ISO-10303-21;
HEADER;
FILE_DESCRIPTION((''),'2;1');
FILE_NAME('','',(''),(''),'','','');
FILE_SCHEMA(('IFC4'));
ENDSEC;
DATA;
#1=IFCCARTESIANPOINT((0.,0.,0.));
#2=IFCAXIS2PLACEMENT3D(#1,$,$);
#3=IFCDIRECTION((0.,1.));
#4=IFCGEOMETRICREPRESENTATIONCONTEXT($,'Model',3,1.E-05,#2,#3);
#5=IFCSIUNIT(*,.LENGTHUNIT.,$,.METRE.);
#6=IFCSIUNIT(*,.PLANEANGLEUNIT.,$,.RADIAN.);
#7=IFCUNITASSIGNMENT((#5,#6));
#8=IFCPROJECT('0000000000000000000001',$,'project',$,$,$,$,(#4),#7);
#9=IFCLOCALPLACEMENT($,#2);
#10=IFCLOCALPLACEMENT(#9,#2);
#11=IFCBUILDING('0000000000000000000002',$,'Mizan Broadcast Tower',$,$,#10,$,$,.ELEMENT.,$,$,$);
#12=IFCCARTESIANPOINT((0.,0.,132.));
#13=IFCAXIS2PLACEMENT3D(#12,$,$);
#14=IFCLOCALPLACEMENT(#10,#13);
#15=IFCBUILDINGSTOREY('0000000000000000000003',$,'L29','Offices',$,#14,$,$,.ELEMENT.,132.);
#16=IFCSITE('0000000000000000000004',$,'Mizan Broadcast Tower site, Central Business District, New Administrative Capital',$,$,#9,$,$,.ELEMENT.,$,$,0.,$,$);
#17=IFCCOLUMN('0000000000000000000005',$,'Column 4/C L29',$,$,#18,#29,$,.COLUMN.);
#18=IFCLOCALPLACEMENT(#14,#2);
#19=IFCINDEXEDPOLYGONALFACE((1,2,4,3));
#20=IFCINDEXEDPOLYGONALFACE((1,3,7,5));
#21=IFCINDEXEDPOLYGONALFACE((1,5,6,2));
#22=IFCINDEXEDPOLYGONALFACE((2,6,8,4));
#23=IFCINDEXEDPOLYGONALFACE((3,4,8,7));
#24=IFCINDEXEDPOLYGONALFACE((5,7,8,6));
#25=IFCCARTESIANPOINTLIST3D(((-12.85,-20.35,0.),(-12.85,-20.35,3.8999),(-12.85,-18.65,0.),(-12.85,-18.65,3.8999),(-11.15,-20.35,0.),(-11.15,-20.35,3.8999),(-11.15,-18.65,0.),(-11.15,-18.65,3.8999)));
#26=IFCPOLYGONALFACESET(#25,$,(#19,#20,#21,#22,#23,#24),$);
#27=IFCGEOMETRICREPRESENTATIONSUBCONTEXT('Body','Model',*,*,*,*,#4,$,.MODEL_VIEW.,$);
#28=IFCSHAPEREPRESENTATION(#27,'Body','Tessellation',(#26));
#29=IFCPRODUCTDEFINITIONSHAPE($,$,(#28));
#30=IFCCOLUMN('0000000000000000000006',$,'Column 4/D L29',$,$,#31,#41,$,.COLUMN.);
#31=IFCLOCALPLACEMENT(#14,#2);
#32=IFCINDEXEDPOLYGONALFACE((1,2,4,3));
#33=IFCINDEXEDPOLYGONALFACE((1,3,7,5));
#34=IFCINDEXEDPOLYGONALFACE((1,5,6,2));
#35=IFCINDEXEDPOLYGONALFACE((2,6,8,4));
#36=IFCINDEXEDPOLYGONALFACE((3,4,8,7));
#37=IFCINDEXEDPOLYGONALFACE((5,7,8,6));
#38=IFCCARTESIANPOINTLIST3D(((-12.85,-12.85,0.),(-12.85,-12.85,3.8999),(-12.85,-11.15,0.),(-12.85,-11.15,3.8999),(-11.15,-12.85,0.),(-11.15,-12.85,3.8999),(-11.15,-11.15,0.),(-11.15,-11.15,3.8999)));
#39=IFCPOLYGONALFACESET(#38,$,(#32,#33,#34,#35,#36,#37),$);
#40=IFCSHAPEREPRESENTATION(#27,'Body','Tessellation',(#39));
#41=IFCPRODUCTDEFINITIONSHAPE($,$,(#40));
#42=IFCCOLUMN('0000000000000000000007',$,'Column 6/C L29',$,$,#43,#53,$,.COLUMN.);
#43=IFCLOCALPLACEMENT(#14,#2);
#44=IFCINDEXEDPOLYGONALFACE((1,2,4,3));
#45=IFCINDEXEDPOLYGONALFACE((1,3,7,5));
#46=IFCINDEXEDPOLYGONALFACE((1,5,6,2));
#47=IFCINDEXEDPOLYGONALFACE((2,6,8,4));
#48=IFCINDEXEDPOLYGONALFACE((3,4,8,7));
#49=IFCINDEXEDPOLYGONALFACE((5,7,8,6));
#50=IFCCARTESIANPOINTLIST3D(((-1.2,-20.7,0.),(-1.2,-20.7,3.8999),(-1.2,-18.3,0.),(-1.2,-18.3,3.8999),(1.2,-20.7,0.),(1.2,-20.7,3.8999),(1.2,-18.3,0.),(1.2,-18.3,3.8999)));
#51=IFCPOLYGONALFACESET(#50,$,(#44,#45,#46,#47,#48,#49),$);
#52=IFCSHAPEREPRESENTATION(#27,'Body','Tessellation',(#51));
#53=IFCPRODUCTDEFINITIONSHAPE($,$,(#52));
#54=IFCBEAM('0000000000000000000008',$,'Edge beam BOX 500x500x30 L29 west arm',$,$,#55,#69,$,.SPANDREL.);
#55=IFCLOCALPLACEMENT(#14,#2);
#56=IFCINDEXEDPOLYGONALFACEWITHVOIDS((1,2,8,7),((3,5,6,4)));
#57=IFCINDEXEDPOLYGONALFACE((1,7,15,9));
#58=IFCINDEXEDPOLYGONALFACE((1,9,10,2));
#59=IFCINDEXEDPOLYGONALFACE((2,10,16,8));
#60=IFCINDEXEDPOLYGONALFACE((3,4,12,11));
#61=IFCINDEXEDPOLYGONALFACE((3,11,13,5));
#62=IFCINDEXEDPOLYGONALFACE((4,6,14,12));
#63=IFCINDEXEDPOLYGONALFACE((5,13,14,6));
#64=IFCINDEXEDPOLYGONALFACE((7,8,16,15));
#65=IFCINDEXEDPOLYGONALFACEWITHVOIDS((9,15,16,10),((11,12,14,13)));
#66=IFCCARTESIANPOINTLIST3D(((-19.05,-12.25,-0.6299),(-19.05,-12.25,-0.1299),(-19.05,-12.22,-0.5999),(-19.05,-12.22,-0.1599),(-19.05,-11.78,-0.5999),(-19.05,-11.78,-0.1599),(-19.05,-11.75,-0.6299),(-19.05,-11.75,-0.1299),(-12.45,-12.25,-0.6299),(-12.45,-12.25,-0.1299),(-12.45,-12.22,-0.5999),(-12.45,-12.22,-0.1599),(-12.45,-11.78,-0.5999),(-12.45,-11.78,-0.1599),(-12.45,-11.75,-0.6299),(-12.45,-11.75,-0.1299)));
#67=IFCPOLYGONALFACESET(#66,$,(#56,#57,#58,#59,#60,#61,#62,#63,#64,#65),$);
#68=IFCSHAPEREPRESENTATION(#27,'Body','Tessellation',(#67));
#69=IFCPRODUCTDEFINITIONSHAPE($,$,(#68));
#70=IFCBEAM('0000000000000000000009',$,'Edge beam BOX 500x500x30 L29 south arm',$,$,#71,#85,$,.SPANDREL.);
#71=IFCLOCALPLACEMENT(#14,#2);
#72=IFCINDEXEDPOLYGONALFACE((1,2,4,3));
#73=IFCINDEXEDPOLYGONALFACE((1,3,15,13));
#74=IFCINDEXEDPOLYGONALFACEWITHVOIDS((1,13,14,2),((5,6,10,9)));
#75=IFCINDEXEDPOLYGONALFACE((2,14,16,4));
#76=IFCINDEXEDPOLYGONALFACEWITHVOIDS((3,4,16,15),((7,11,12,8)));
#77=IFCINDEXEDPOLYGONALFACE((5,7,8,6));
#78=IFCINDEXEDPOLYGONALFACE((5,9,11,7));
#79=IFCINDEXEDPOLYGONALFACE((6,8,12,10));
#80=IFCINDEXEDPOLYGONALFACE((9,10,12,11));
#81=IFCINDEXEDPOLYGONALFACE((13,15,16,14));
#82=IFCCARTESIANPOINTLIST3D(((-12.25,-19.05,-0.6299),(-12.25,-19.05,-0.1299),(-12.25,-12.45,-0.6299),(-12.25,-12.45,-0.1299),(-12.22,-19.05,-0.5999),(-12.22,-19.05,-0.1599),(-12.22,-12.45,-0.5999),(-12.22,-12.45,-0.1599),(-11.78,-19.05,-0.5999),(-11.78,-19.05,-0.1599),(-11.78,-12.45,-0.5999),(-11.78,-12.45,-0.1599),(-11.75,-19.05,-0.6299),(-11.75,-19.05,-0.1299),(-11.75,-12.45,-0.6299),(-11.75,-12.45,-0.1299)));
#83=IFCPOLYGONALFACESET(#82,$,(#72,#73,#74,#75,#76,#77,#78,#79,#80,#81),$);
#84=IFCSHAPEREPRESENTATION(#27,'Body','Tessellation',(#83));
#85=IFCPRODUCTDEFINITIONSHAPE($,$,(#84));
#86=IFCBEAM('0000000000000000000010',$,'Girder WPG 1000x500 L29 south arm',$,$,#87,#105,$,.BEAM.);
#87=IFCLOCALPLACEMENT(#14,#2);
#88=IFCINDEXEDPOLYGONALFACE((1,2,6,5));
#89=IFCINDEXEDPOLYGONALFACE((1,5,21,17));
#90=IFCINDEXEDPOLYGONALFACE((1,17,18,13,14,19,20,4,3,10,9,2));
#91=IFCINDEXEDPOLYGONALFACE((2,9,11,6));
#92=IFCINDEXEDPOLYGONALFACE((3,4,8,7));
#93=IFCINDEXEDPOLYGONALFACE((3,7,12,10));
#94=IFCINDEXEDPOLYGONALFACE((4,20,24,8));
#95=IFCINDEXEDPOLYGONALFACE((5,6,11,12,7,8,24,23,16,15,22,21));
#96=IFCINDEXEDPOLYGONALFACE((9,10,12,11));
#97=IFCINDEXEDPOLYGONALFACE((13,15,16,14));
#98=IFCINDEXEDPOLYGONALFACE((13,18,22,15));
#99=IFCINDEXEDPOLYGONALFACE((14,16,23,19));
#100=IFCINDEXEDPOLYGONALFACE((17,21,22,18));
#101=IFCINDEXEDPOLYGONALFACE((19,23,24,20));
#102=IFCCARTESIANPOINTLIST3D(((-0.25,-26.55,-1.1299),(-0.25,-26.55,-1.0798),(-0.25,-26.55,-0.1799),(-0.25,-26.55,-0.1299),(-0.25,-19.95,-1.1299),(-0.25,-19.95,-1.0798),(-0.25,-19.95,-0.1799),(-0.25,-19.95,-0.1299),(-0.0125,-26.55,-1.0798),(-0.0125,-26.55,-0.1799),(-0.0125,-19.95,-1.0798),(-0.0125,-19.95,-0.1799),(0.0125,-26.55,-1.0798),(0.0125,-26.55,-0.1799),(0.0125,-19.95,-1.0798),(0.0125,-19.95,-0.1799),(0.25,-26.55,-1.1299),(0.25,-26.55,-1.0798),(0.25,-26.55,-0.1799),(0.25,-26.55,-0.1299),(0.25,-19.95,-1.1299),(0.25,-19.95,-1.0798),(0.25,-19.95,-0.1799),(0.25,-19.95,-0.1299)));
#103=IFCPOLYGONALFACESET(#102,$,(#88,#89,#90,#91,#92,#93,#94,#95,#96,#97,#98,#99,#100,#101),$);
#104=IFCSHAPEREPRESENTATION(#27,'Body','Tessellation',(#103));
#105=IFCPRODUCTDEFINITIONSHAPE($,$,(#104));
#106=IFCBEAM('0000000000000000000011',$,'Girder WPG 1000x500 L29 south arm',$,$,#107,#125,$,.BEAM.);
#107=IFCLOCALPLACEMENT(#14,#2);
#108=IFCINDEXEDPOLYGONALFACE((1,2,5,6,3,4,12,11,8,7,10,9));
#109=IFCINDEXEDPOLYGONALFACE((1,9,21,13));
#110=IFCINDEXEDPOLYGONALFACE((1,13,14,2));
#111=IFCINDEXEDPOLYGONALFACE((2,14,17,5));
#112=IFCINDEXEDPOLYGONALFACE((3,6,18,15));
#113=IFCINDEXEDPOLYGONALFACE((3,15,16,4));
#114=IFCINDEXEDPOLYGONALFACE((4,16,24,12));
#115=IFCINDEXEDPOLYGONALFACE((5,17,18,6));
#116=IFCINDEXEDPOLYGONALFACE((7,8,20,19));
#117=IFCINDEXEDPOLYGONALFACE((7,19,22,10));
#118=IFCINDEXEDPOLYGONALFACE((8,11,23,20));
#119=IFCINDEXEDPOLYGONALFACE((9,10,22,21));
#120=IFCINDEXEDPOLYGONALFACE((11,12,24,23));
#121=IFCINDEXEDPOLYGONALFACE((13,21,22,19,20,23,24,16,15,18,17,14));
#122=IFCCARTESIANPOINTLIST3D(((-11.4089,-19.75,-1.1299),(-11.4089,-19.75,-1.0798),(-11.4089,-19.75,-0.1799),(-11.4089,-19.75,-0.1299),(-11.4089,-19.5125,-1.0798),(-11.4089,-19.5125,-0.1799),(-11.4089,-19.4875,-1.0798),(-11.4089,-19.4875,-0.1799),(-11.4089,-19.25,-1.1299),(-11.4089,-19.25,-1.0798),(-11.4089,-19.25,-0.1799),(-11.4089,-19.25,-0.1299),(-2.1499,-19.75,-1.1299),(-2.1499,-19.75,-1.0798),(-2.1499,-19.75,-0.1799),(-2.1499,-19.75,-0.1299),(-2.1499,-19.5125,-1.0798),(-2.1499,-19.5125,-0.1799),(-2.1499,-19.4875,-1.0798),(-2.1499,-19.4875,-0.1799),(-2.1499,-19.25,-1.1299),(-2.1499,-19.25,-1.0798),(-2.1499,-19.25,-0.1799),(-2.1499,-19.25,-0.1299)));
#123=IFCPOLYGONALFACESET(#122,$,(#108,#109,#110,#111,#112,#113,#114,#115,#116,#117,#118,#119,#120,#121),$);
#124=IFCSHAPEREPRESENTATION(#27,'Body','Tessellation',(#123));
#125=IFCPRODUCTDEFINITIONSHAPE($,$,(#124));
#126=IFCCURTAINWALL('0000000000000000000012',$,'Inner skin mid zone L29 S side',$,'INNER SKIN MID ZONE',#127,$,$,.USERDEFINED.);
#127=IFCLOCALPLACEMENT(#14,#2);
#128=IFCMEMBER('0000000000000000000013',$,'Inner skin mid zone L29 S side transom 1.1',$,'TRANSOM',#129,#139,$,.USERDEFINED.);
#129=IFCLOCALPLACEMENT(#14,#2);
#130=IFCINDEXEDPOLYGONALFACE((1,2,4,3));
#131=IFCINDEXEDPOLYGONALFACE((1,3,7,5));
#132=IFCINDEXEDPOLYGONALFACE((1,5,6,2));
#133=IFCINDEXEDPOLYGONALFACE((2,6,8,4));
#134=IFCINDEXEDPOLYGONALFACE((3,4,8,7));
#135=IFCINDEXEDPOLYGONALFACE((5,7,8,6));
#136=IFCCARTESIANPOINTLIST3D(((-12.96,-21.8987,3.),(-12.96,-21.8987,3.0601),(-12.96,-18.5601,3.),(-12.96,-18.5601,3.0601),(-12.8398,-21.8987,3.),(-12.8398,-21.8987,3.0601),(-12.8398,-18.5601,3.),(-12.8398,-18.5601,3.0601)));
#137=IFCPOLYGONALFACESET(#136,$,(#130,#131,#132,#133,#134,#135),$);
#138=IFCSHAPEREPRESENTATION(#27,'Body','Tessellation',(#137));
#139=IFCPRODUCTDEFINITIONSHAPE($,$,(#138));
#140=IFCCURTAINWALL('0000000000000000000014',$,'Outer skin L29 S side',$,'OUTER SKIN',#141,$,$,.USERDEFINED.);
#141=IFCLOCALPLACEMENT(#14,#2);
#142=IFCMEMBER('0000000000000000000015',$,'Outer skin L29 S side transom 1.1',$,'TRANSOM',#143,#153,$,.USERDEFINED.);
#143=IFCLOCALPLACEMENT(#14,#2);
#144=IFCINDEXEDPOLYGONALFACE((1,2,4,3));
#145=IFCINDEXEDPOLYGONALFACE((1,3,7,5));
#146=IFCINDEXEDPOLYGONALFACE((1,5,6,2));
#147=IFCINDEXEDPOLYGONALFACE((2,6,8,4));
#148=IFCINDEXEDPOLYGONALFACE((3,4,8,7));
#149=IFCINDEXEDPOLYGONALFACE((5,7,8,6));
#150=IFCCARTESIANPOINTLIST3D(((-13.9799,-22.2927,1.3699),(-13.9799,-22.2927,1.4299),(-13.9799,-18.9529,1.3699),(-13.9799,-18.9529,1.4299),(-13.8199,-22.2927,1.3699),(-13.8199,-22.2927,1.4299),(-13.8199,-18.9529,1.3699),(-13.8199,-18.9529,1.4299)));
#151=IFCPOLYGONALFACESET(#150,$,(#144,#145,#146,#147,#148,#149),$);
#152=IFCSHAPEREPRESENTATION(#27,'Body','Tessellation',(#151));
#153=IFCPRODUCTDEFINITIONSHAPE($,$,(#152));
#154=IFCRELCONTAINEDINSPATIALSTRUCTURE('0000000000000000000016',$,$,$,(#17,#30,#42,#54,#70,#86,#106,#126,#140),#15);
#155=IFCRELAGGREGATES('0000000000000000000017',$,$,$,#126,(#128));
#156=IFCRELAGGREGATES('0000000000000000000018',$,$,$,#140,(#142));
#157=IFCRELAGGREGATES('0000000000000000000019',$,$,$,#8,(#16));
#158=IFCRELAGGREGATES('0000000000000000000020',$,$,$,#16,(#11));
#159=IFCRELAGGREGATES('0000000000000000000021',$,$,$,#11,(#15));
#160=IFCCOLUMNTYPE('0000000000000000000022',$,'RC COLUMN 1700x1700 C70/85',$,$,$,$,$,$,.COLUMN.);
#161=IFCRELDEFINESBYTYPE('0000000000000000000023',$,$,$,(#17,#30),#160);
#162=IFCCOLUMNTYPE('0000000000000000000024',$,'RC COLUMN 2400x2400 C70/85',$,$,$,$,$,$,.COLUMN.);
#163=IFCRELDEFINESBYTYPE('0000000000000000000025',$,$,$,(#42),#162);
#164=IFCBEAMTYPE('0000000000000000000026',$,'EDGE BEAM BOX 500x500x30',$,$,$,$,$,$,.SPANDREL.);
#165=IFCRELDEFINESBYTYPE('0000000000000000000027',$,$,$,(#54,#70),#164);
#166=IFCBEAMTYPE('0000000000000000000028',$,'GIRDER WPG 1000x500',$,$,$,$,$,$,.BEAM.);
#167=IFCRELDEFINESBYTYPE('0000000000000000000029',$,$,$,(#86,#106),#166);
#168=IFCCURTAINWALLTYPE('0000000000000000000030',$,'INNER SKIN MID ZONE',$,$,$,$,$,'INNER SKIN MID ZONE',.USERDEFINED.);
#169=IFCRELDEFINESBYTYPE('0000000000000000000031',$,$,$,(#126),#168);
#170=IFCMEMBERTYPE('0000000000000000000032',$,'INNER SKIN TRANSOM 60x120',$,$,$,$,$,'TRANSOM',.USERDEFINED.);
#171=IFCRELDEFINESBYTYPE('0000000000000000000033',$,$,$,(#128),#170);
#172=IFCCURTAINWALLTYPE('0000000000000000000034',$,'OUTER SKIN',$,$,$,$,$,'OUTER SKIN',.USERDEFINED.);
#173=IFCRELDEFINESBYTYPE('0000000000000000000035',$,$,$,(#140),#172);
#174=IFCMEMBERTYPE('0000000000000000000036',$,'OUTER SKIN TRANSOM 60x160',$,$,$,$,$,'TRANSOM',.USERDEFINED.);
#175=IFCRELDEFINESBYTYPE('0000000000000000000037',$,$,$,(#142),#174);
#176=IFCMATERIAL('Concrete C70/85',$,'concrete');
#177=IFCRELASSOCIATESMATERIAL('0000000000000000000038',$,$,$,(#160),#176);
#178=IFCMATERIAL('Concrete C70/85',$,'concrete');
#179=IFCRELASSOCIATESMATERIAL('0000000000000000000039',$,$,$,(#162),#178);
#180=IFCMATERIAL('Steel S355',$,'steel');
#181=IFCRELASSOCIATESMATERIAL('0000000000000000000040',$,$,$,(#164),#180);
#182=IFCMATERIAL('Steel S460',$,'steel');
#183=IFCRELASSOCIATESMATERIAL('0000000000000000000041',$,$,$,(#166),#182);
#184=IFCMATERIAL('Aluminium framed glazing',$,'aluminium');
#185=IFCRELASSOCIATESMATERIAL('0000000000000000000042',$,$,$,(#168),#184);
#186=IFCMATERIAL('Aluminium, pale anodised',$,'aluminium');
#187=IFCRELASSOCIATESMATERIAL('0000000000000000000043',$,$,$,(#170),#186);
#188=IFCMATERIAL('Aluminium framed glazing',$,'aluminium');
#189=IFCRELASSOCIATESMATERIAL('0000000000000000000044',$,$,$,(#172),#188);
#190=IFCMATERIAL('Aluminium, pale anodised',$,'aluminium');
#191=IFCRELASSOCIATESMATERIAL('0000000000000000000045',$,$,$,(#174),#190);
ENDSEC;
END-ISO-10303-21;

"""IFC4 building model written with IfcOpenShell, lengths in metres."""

from ifc_helpers import new_model, si_unit, direction, frame, origin, origin_2d, place, context, subcontext, project, spatial, rectangle, hollow_rectangle, i_section, extrude, material, material_profile, profile_set, type_object, element, aggregate, save


model = new_model("IFC4")

# Units and contexts
model_context = context("Model", 3, precision=1e-05, world=origin(), true_north=direction((0.0, 1.0)))
body_context = subcontext(model_context, "Body", "Model", "MODEL_VIEW")
ifc_project = project(units=[si_unit("LENGTHUNIT", "METRE"), si_unit("PLANEANGLEUNIT", "RADIAN")], contexts=[model_context])

# Site, building, storey
site_placement = place(None, origin())
site = spatial("IfcSite", under=ifc_project, at=site_placement, Name="Mizan Broadcast Tower site, Central Business District, New Administrative Capital", CompositionType="ELEMENT", RefElevation=0.0)
building_placement = place(site_placement, origin())
building = spatial("IfcBuilding", under=site, at=building_placement, Name="Mizan Broadcast Tower", CompositionType="ELEMENT")
storey_placement = place(building_placement, frame((0.0, 0.0, 132.0)))
storey = spatial("IfcBuildingStorey", under=building, at=storey_placement, Name="L29", Description="Offices", CompositionType="ELEMENT", Elevation=132.0)

# Columns
ifc_material_1 = material(Name="Concrete C70/85", Category="concrete")
ifc_material_profile_1 = material_profile(ifc_material_1, rectangle(XDim=1.7, YDim=1.7, at=origin_2d()), Name="RC 1700x1700")
ifc_profile_set_1 = profile_set([ifc_material_profile_1], Name="Concrete C70/85")
column_type_1 = type_object("IfcColumnType", Name="RC COLUMN 1700x1700 C70/85", PredefinedType="COLUMN", material=ifc_profile_set_1)
for number, where, z_axis, x_axis, name in (
    (1, (-12.0, -19.5, 0.0), (0.0, 0.0, 1.0), (1.0, 0.0, 0.0), "Column 4/C L29"),
    (2, (-12.0, -12.0, 0.0), (0.0, 0.0, 1.0), (1.0, 0.0, 0.0), "Column 4/D L29"),
):
    element("IfcColumn", number, at=place(storey_placement, frame(where, z_axis=z_axis, x_axis=x_axis)), inside=storey, type_object=column_type_1, Name=name, PredefinedType="COLUMN", context=body_context, shape_type="SweptSolid", body=[
        extrude(rectangle(XDim=1.7, YDim=1.7, at=origin_2d()), origin(), (0.0, 0.0, 1.0), 3.8999),
    ])
ifc_material_2 = material(Name="Concrete C70/85", Category="concrete")
ifc_material_profile_2 = material_profile(ifc_material_2, rectangle(XDim=2.3999, YDim=2.3999, at=origin_2d()), Name="RC 2400x2400")
ifc_profile_set_2 = profile_set([ifc_material_profile_2], Name="Concrete C70/85")
column_type_2 = type_object("IfcColumnType", Name="RC COLUMN 2400x2400 C70/85", PredefinedType="COLUMN", material=ifc_profile_set_2)
column_placement = place(storey_placement, frame((0.0, -19.5, 0.0), z_axis=(0.0, 0.0, 1.0), x_axis=(1.0, 0.0, 0.0)))
element("IfcColumn", 3, at=column_placement, inside=storey, type_object=column_type_2, Name="Column 6/C L29", PredefinedType="COLUMN", context=body_context, shape_type="SweptSolid", body=[
    extrude(rectangle(XDim=2.3999, YDim=2.3999, at=origin_2d()), origin(), (0.0, 0.0, 1.0), 3.8999),
])

# Beams
ifc_material_3 = material(Name="Steel S355", Category="steel")
ifc_material_profile_3 = material_profile(ifc_material_3, hollow_rectangle(XDim=0.5, YDim=0.5, WallThickness=0.03, at=origin_2d()), Name="BOX 500x500x30")
ifc_profile_set_3 = profile_set([ifc_material_profile_3], Name="Steel S355")
beam_type_1 = type_object("IfcBeamType", Name="EDGE BEAM BOX 500x500x30", PredefinedType="SPANDREL", material=ifc_profile_set_3)
for number, where, z_axis, x_axis, name in (
    (4, (-12.45, -12.0, -0.3799), (-1.0, 0.0, 0.0), (0.0, -1.0, 0.0), "Edge beam BOX 500x500x30 L29 west arm"),
    (5, (-12.0, -12.45, -0.3799), (0.0, -1.0, 0.0), (1.0, 0.0, 0.0), "Edge beam BOX 500x500x30 L29 south arm"),
):
    element("IfcBeam", number, at=place(storey_placement, frame(where, z_axis=z_axis, x_axis=x_axis)), inside=storey, type_object=beam_type_1, Name=name, PredefinedType="SPANDREL", context=body_context, shape_type="SweptSolid", body=[
        extrude(hollow_rectangle(XDim=0.5, YDim=0.5, WallThickness=0.03, at=origin_2d()), origin(), (0.0, 0.0, 1.0), 6.6001),
    ])
ifc_material_4 = material(Name="Steel S460", Category="steel")
ifc_material_profile_4 = material_profile(ifc_material_4, i_section(OverallWidth=0.5, OverallDepth=1.0, WebThickness=0.0249, FlangeThickness=0.05, at=origin_2d()), Name="WPG 1000x500")
ifc_profile_set_4 = profile_set([ifc_material_profile_4], Name="Steel S460")
beam_type_2 = type_object("IfcBeamType", Name="GIRDER WPG 1000x500", PredefinedType="BEAM", material=ifc_profile_set_4)
beam_1_placement = place(storey_placement, frame((0.0, -19.95, -0.6299), z_axis=(0.0, -1.0, 0.0), x_axis=(1.0, 0.0, 0.0)))
element("IfcBeam", 6, at=beam_1_placement, inside=storey, type_object=beam_type_2, Name="Girder WPG 1000x500 L29 south arm", PredefinedType="BEAM", context=body_context, shape_type="SweptSolid", body=[
    extrude(i_section(OverallWidth=0.5, OverallDepth=1.0, WebThickness=0.0249, FlangeThickness=0.05, at=origin_2d()), origin(), (0.0, 0.0, 1.0), 6.6001),
])
beam_2_placement = place(storey_placement, frame((-11.4089, -19.5, -0.6299), z_axis=(1.0, 0.0, 0.0), x_axis=(0.0, 1.0, 0.0)))
element("IfcBeam", 7, at=beam_2_placement, inside=storey, type_object=beam_type_2, Name="Girder WPG 1000x500 L29 south arm", PredefinedType="BEAM", context=body_context, shape_type="SweptSolid", body=[
    extrude(i_section(OverallWidth=0.5, OverallDepth=1.0, WebThickness=0.0249, FlangeThickness=0.05, at=origin_2d()), origin(), (0.0, 0.0, 1.0), 9.259),
])

# Curtain walls, members
ifc_material_5 = material(Name="Aluminium framed glazing", Category="aluminium")
curtain_wall_type_1 = type_object("IfcCurtainWallType", Name="INNER SKIN MID ZONE", ElementType="INNER SKIN MID ZONE", PredefinedType="USERDEFINED", material=ifc_material_5)
curtain_wall_1_placement = place(storey_placement, origin())
curtain_wall_1 = element("IfcCurtainWall", 8, at=curtain_wall_1_placement, inside=storey, type_object=curtain_wall_type_1, Name="Inner skin mid zone L29 S side", ObjectType="INNER SKIN MID ZONE", PredefinedType="USERDEFINED")
ifc_material_6 = material(Name="Aluminium, pale anodised", Category="aluminium")
ifc_material_profile_5 = material_profile(ifc_material_6, rectangle(XDim=0.1201, YDim=0.0601, at=origin_2d()), Name="TRANSOM 120x60")
ifc_profile_set_5 = profile_set([ifc_material_profile_5], Name="Aluminium, pale anodised")
member_type_1 = type_object("IfcMemberType", Name="INNER SKIN TRANSOM 60x120", ElementType="TRANSOM", PredefinedType="USERDEFINED", material=ifc_profile_set_5)
member_1_placement = place(storey_placement, frame((-12.8999, -18.5601, 3.03), z_axis=(0.0, -1.0, 0.0), x_axis=(1.0, 0.0, 0.0)))
member_1 = element("IfcMember", 9, at=member_1_placement, type_object=member_type_1, Name="Inner skin mid zone L29 S side transom 1.1", ObjectType="TRANSOM", PredefinedType="USERDEFINED", context=body_context, shape_type="SweptSolid", body=[
    extrude(rectangle(XDim=0.1201, YDim=0.0601, at=origin_2d()), origin(), (0.0, 0.0, 1.0), 3.3386),
])
aggregate(curtain_wall_1, [member_1])
ifc_material_7 = material(Name="Aluminium framed glazing", Category="aluminium")
curtain_wall_type_2 = type_object("IfcCurtainWallType", Name="OUTER SKIN", ElementType="OUTER SKIN", PredefinedType="USERDEFINED", material=ifc_material_7)
curtain_wall_2_placement = place(storey_placement, origin())
curtain_wall_2 = element("IfcCurtainWall", 10, at=curtain_wall_2_placement, inside=storey, type_object=curtain_wall_type_2, Name="Outer skin L29 S side", ObjectType="OUTER SKIN", PredefinedType="USERDEFINED")
ifc_material_8 = material(Name="Aluminium, pale anodised", Category="aluminium")
ifc_material_profile_6 = material_profile(ifc_material_8, rectangle(XDim=0.1599, YDim=0.0601, at=origin_2d()), Name="TRANSOM 160x60")
ifc_profile_set_6 = profile_set([ifc_material_profile_6], Name="Aluminium, pale anodised")
member_type_2 = type_object("IfcMemberType", Name="OUTER SKIN TRANSOM 60x160", ElementType="TRANSOM", PredefinedType="USERDEFINED", material=ifc_profile_set_6)
member_2_placement = place(storey_placement, frame((-13.8999, -18.9529, 1.3999), z_axis=(0.0, -1.0, 0.0), x_axis=(1.0, 0.0, 0.0)))
member_2 = element("IfcMember", 11, at=member_2_placement, type_object=member_type_2, Name="Outer skin L29 S side transom 1.1", ObjectType="TRANSOM", PredefinedType="USERDEFINED", context=body_context, shape_type="SweptSolid", body=[
    extrude(rectangle(XDim=0.1599, YDim=0.0601, at=origin_2d()), origin(), (0.0, 0.0, 1.0), 3.3398),
])
aggregate(curtain_wall_2, [member_2])

save(model, "model.ifc")
